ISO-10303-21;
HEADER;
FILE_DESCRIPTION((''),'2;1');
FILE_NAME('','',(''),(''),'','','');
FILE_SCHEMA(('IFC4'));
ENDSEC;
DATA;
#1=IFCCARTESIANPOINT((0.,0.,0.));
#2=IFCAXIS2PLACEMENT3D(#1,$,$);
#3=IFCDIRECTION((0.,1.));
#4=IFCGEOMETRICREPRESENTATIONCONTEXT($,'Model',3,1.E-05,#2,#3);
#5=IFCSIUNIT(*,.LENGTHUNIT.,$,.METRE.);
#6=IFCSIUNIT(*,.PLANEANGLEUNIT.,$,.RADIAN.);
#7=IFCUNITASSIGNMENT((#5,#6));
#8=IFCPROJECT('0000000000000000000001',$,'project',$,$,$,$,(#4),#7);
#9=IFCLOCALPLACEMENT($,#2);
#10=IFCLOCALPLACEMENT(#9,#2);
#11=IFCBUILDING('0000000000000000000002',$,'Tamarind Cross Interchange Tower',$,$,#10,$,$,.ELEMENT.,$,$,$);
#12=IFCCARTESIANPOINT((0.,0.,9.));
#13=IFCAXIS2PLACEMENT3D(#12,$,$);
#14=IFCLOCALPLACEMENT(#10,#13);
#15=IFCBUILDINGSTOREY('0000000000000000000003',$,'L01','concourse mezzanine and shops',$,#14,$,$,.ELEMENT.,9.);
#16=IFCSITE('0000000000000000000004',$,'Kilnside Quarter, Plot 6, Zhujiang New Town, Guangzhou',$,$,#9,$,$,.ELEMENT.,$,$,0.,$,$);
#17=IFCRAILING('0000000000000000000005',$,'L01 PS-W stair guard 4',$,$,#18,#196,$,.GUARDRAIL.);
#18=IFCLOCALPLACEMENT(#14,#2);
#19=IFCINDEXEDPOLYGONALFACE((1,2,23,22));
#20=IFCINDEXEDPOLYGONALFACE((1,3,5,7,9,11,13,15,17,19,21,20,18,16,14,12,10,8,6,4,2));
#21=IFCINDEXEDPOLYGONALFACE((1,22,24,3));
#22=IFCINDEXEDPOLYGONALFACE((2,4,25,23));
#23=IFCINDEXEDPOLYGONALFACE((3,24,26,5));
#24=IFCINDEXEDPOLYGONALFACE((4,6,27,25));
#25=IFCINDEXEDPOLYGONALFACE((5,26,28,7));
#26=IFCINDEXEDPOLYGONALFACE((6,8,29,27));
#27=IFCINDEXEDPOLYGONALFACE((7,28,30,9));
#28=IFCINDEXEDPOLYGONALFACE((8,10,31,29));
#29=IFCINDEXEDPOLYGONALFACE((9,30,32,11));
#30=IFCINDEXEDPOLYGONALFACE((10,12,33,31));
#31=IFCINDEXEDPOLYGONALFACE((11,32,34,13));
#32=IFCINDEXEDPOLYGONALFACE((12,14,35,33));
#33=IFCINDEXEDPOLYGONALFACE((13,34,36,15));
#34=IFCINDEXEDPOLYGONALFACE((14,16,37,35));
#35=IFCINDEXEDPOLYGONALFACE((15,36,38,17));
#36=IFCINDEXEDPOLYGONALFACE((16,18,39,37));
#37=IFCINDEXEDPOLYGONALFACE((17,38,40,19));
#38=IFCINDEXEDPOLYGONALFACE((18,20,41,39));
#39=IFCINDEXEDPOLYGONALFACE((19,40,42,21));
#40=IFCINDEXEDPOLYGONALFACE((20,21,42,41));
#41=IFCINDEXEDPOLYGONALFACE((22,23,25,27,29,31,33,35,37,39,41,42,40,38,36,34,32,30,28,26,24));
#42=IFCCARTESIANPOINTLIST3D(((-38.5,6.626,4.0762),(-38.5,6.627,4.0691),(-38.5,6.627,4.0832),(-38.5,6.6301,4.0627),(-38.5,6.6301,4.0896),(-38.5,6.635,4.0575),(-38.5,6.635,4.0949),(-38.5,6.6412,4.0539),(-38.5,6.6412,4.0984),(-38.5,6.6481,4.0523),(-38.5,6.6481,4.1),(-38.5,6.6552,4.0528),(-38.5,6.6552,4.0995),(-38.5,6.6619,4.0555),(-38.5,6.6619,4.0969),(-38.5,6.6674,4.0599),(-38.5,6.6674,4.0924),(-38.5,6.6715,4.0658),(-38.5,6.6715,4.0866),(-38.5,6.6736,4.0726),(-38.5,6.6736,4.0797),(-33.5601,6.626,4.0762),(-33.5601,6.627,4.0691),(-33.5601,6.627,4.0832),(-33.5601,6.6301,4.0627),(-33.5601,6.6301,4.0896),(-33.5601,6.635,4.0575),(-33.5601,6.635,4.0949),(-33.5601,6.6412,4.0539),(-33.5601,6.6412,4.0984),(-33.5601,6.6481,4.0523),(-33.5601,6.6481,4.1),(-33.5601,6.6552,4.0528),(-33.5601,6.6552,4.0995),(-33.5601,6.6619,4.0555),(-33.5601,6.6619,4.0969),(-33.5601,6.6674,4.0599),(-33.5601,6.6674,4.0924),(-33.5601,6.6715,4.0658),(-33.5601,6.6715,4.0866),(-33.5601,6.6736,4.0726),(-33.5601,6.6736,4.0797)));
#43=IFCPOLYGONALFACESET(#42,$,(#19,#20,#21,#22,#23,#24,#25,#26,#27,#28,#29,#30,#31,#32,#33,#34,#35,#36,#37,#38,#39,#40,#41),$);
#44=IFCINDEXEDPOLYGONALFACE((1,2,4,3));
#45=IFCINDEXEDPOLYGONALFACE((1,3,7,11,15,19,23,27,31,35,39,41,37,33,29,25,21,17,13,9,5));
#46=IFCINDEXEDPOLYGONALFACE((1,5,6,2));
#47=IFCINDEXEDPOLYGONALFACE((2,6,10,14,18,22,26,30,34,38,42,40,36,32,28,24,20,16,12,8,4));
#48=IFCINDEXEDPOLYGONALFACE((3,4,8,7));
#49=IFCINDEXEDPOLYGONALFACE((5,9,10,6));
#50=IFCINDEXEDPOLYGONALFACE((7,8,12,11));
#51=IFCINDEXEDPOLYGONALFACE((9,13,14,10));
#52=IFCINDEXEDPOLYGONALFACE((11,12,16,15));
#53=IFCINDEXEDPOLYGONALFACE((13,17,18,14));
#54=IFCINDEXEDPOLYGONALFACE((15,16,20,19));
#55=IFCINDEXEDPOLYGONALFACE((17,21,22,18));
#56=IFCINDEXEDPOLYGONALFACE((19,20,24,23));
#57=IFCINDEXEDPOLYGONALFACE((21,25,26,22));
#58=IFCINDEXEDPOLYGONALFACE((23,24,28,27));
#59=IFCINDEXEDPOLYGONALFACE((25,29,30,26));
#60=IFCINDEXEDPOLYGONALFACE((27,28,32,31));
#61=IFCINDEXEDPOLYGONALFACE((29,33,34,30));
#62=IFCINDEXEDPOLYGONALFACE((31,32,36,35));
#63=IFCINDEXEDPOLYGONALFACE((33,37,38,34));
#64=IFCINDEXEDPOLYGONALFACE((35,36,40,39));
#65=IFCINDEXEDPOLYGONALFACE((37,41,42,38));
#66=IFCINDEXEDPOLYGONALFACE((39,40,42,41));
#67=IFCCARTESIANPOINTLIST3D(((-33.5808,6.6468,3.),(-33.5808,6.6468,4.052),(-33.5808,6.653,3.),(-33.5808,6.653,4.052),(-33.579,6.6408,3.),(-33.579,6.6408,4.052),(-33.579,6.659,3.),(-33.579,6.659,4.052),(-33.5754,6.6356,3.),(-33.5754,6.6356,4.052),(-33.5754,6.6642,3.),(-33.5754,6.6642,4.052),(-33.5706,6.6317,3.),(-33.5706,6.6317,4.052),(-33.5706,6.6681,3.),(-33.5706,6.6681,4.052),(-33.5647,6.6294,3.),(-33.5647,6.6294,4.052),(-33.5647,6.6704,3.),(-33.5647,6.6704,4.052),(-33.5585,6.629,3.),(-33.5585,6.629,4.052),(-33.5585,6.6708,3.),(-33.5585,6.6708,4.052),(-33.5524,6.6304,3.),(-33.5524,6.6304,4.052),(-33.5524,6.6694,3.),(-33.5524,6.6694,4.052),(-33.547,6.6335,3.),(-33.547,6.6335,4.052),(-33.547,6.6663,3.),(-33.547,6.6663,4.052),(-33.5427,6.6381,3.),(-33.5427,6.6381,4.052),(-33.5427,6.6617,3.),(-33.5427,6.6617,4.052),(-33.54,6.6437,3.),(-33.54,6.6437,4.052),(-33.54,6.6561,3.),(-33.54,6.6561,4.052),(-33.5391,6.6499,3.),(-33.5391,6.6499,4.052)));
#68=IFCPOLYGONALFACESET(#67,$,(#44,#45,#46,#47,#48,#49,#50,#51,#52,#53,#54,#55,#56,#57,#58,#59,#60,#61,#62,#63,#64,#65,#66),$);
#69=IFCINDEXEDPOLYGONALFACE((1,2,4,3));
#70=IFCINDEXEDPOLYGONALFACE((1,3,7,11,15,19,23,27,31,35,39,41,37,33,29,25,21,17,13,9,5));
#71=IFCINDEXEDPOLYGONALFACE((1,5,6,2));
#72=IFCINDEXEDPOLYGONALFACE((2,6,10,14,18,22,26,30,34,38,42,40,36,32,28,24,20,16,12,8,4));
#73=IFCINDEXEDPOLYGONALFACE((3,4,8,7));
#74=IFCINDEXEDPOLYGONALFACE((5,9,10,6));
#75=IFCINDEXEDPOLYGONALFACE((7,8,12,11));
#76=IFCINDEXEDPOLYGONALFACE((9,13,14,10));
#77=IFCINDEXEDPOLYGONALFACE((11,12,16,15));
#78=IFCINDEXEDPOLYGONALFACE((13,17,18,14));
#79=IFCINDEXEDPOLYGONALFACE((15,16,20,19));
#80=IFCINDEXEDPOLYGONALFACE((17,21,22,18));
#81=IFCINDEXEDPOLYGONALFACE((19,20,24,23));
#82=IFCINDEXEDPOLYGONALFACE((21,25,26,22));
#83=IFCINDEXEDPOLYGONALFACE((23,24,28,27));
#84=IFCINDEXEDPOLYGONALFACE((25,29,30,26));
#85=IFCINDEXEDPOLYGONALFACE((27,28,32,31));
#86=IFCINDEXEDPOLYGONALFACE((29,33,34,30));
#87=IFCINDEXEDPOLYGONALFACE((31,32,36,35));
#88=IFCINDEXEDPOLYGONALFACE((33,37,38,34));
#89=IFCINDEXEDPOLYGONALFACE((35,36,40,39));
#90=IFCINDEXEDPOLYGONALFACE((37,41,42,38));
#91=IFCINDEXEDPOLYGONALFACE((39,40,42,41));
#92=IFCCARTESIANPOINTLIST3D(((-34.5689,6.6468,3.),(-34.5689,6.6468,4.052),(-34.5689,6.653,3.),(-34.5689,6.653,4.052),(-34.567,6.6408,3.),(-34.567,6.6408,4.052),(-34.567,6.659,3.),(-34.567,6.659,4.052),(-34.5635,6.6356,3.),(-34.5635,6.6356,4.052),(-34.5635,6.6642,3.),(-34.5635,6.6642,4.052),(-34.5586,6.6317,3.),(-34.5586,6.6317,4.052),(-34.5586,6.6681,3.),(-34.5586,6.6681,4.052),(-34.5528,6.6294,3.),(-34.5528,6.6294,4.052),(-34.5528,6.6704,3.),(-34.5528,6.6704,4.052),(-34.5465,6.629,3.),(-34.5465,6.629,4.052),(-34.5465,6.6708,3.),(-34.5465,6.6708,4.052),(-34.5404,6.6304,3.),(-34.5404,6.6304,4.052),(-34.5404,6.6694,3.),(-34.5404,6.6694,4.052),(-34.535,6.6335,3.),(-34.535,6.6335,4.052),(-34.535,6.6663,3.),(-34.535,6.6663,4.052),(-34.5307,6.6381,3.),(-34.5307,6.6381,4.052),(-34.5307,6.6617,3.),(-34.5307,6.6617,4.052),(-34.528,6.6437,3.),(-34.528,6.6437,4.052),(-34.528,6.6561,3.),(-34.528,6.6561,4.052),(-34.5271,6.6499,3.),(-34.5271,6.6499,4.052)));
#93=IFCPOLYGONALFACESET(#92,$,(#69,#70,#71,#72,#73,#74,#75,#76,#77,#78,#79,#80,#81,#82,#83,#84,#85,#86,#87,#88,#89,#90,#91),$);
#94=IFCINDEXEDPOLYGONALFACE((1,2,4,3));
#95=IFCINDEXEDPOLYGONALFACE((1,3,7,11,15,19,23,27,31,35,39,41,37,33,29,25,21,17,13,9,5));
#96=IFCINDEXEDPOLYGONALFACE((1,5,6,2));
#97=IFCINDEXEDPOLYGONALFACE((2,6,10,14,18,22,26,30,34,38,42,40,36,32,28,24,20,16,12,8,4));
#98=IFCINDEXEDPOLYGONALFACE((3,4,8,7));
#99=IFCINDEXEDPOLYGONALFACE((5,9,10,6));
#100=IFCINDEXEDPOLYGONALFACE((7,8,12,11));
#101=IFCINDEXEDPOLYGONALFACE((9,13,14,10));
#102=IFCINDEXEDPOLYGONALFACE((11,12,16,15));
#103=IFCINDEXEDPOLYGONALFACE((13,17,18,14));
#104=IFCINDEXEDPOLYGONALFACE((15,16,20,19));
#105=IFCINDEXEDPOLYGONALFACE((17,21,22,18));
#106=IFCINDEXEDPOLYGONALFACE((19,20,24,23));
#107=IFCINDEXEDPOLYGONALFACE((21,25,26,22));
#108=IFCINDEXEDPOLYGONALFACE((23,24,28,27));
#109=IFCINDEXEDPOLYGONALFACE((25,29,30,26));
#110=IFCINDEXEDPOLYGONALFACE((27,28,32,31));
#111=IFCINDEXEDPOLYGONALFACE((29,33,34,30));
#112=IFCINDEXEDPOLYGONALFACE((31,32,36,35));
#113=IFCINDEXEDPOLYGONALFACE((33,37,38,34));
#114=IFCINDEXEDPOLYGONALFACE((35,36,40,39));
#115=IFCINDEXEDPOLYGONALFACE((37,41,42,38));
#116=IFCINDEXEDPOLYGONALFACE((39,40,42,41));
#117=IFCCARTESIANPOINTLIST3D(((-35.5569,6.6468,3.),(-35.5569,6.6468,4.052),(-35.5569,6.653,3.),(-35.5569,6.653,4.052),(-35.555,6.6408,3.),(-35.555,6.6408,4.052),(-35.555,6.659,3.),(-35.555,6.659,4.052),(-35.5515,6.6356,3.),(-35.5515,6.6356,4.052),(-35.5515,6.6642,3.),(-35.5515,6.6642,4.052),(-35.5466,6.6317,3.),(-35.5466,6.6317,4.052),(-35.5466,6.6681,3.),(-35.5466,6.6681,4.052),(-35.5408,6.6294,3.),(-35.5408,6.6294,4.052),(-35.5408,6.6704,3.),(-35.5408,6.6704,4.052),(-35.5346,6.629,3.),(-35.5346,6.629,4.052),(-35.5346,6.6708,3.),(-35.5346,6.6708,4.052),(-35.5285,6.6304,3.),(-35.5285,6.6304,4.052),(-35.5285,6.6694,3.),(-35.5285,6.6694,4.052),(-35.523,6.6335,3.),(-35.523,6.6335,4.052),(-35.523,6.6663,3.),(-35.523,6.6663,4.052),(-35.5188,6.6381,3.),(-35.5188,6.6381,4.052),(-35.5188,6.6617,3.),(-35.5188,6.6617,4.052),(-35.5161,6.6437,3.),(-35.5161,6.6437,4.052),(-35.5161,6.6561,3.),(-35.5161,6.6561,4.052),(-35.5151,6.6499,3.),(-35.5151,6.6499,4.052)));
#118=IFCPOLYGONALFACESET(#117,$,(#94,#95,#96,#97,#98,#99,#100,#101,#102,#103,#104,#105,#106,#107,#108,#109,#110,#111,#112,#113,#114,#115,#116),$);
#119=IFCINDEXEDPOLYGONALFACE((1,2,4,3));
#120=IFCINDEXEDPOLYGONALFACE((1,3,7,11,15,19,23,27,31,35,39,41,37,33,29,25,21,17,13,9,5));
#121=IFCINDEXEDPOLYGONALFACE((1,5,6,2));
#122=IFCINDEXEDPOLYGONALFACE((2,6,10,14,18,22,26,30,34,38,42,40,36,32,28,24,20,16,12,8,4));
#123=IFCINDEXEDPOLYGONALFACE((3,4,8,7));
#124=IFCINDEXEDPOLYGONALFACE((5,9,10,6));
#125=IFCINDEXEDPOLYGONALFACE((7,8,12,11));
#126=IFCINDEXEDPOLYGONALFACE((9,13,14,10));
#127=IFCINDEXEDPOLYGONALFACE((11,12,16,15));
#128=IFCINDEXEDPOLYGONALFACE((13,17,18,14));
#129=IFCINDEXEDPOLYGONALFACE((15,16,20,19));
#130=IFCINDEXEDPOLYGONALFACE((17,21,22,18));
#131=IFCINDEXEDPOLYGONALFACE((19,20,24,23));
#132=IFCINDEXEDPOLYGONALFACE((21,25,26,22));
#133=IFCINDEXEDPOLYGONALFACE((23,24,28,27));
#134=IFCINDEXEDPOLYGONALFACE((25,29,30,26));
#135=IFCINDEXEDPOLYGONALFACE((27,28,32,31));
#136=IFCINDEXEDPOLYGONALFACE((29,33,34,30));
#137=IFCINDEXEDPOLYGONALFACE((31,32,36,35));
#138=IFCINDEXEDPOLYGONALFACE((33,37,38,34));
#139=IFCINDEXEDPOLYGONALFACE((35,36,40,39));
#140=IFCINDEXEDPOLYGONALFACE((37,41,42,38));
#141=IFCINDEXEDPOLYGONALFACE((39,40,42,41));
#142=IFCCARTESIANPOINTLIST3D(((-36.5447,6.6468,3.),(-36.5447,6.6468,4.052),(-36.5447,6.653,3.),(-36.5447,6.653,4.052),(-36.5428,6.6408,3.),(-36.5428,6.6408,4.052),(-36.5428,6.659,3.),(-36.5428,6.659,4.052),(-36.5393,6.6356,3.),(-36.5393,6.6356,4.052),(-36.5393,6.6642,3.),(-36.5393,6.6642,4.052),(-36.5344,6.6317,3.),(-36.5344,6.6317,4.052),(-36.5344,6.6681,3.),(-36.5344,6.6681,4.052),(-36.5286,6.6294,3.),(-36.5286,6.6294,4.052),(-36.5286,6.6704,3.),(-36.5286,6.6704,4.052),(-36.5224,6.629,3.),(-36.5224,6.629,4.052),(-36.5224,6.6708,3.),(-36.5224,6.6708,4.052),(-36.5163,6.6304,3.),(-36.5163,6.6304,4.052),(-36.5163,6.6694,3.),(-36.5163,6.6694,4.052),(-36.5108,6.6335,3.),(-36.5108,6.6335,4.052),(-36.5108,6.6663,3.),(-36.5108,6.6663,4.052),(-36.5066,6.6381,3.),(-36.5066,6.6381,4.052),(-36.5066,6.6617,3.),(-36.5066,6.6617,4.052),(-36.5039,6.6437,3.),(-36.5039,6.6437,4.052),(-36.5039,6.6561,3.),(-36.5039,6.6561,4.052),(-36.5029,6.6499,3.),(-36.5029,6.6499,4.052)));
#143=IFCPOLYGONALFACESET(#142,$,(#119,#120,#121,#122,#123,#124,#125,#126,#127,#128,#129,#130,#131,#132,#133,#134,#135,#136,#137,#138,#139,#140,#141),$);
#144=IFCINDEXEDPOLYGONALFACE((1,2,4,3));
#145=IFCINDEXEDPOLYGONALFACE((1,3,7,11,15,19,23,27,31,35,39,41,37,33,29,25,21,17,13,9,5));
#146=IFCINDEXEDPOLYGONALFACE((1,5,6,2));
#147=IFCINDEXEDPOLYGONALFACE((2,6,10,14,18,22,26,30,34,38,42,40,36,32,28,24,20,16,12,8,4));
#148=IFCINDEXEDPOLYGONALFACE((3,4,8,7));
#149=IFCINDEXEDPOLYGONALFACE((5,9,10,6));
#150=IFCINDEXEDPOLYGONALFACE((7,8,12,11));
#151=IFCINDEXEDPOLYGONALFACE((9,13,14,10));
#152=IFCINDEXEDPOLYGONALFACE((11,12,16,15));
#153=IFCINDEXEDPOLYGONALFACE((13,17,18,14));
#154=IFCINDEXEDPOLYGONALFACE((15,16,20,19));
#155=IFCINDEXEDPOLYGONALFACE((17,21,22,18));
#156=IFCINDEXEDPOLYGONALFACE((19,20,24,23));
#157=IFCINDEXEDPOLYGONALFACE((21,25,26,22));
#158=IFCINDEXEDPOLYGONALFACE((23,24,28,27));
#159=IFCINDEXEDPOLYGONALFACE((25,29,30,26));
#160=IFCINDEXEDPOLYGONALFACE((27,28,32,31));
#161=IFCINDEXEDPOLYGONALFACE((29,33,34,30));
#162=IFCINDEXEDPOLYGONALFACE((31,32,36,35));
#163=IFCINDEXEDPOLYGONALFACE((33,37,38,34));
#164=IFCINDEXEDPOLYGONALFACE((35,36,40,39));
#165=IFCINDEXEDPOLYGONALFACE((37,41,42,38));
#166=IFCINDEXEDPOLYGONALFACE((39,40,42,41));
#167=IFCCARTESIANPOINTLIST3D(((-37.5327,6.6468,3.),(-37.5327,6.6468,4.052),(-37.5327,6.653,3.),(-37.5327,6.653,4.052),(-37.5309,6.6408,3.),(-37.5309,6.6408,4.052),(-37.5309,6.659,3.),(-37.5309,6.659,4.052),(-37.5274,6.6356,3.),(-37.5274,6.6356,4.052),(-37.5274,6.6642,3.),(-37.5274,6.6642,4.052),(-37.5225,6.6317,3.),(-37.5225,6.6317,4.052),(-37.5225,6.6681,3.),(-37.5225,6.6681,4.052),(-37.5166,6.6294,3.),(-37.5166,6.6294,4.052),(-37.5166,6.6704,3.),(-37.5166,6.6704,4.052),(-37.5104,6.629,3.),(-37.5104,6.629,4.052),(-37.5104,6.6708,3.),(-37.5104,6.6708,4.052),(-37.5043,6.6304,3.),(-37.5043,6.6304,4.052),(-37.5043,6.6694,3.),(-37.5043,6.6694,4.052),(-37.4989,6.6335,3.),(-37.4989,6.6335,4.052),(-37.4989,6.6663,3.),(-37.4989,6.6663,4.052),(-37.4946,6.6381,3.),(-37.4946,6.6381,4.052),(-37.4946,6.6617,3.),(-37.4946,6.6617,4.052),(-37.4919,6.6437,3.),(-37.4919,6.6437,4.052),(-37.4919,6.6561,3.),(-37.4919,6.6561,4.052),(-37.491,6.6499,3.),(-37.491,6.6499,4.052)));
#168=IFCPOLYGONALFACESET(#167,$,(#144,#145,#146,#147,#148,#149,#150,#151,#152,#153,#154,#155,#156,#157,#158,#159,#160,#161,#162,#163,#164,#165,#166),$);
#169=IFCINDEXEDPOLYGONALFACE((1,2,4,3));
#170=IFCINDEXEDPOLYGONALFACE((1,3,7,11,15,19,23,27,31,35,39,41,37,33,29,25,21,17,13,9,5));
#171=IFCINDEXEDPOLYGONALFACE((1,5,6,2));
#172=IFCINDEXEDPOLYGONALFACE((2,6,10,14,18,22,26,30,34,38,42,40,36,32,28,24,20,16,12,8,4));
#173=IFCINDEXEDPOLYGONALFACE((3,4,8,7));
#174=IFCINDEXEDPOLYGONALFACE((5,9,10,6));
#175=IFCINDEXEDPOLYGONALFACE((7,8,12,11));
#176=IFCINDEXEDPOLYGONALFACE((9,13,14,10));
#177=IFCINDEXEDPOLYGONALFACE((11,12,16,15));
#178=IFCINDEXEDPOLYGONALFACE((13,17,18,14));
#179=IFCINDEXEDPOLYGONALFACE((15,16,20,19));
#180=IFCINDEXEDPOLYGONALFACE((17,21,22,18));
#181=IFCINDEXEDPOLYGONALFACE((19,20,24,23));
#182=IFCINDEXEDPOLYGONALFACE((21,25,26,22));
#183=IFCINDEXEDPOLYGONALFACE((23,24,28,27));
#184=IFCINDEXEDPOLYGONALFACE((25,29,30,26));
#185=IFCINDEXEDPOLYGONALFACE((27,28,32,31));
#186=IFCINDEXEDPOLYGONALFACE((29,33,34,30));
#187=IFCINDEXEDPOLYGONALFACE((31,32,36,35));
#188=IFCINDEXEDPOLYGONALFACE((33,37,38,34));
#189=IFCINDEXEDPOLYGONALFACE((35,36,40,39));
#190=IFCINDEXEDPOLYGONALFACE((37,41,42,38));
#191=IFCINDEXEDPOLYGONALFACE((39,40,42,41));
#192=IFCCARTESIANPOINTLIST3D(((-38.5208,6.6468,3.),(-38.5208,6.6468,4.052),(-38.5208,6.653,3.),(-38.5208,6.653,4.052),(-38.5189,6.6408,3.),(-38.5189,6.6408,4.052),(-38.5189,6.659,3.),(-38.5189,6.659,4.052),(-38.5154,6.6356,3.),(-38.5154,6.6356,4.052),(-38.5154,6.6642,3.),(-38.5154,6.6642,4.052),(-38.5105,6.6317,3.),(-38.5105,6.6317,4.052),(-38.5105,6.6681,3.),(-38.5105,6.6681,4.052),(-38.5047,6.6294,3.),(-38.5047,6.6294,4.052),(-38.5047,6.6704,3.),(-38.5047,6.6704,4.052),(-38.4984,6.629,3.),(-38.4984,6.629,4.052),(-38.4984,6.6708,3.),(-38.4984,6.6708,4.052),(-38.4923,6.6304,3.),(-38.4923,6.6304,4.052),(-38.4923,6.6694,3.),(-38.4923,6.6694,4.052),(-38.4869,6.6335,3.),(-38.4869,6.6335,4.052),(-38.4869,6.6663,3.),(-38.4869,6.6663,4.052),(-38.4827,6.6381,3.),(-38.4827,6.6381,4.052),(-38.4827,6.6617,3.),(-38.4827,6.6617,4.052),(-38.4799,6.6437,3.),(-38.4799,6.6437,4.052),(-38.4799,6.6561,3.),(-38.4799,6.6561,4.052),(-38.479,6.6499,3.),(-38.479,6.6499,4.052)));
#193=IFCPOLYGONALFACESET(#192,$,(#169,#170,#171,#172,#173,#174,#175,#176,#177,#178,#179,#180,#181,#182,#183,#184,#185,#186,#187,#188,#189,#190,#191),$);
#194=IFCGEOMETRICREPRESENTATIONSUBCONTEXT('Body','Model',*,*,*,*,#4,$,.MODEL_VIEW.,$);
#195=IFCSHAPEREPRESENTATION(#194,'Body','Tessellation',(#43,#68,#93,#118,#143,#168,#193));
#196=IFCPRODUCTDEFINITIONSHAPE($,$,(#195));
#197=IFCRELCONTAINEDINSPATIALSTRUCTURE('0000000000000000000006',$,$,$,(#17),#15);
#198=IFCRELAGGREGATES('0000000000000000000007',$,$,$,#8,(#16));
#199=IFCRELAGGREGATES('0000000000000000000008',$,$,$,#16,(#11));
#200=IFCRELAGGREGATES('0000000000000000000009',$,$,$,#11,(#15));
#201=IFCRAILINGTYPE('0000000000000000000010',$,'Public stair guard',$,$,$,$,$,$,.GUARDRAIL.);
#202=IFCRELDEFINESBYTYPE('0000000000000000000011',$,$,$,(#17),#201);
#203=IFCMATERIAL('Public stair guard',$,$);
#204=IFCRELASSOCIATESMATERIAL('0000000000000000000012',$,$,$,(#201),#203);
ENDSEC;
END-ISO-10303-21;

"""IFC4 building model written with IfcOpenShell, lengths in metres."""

from ifc_helpers import new_model, si_unit, direction, frame, origin, origin_2d, place, context, subcontext, project, spatial, circle, extrude, material, type_object, element, save


model = new_model("IFC4")

# Units and contexts
model_context = context("Model", 3, precision=1e-05, world=origin(), true_north=direction((0.0, 1.0)))
body_context = subcontext(model_context, "Body", "Model", "MODEL_VIEW")
ifc_project = project(units=[si_unit("LENGTHUNIT", "METRE"), si_unit("PLANEANGLEUNIT", "RADIAN")], contexts=[model_context])

# Site, building, storey
site_placement = place(None, origin())
site = spatial("IfcSite", under=ifc_project, at=site_placement, Name="Kilnside Quarter, Plot 6, Zhujiang New Town, Guangzhou", CompositionType="ELEMENT", RefElevation=0.0)
building_placement = place(site_placement, origin())
building = spatial("IfcBuilding", under=site, at=building_placement, Name="Tamarind Cross Interchange Tower", CompositionType="ELEMENT")
storey_placement = place(building_placement, frame((0.0, 0.0, 9.0)))
storey = spatial("IfcBuildingStorey", under=building, at=storey_placement, Name="L01", Description="concourse mezzanine and shops", CompositionType="ELEMENT", Elevation=9.0)

# Railing
ifc_material_1 = material(Name="Public stair guard")
railing_type_1 = type_object("IfcRailingType", Name="Public stair guard", PredefinedType="GUARDRAIL", material=ifc_material_1)
for number, where, name in (
    (1, (-33.5601, 6.6499, 3.0), "L01 PS-W stair guard 4"),
):
    element("IfcRailing", number, at=place(storey_placement, frame(where)), inside=storey, type_object=railing_type_1, Name=name, PredefinedType="GUARDRAIL", context=body_context, shape_type="SweptSolid", body=[
        extrude(circle(Radius=0.0239, at=origin_2d()), frame((0.0, 0.0, 1.0762), z_axis=(-1.0, 0.0, 0.0), x_axis=(0.0, -1.0, 0.0)), (0.0, 0.0, 1.0), 4.9399),
        extrude(circle(Radius=0.021, at=origin_2d()), origin(), (0.0, 0.0, 1.0), 1.052),
        extrude(circle(Radius=0.021, at=origin_2d()), frame((-0.988, 0.0, 0.0)), (0.0, 0.0, 1.0), 1.052),
        extrude(circle(Radius=0.021, at=origin_2d()), frame((-1.9761, 0.0, 0.0)), (0.0, 0.0, 1.0), 1.052),
        extrude(circle(Radius=0.021, at=origin_2d()), frame((-2.9639, 0.0, 0.0)), (0.0, 0.0, 1.0), 1.052),
        extrude(circle(Radius=0.021, at=origin_2d()), frame((-3.9519, 0.0, 0.0)), (0.0, 0.0, 1.0), 1.052),
        extrude(circle(Radius=0.021, at=origin_2d()), frame((-4.9399, 0.0, 0.0)), (0.0, 0.0, 1.0), 1.052),
    ])

save(model, "model.ifc")
